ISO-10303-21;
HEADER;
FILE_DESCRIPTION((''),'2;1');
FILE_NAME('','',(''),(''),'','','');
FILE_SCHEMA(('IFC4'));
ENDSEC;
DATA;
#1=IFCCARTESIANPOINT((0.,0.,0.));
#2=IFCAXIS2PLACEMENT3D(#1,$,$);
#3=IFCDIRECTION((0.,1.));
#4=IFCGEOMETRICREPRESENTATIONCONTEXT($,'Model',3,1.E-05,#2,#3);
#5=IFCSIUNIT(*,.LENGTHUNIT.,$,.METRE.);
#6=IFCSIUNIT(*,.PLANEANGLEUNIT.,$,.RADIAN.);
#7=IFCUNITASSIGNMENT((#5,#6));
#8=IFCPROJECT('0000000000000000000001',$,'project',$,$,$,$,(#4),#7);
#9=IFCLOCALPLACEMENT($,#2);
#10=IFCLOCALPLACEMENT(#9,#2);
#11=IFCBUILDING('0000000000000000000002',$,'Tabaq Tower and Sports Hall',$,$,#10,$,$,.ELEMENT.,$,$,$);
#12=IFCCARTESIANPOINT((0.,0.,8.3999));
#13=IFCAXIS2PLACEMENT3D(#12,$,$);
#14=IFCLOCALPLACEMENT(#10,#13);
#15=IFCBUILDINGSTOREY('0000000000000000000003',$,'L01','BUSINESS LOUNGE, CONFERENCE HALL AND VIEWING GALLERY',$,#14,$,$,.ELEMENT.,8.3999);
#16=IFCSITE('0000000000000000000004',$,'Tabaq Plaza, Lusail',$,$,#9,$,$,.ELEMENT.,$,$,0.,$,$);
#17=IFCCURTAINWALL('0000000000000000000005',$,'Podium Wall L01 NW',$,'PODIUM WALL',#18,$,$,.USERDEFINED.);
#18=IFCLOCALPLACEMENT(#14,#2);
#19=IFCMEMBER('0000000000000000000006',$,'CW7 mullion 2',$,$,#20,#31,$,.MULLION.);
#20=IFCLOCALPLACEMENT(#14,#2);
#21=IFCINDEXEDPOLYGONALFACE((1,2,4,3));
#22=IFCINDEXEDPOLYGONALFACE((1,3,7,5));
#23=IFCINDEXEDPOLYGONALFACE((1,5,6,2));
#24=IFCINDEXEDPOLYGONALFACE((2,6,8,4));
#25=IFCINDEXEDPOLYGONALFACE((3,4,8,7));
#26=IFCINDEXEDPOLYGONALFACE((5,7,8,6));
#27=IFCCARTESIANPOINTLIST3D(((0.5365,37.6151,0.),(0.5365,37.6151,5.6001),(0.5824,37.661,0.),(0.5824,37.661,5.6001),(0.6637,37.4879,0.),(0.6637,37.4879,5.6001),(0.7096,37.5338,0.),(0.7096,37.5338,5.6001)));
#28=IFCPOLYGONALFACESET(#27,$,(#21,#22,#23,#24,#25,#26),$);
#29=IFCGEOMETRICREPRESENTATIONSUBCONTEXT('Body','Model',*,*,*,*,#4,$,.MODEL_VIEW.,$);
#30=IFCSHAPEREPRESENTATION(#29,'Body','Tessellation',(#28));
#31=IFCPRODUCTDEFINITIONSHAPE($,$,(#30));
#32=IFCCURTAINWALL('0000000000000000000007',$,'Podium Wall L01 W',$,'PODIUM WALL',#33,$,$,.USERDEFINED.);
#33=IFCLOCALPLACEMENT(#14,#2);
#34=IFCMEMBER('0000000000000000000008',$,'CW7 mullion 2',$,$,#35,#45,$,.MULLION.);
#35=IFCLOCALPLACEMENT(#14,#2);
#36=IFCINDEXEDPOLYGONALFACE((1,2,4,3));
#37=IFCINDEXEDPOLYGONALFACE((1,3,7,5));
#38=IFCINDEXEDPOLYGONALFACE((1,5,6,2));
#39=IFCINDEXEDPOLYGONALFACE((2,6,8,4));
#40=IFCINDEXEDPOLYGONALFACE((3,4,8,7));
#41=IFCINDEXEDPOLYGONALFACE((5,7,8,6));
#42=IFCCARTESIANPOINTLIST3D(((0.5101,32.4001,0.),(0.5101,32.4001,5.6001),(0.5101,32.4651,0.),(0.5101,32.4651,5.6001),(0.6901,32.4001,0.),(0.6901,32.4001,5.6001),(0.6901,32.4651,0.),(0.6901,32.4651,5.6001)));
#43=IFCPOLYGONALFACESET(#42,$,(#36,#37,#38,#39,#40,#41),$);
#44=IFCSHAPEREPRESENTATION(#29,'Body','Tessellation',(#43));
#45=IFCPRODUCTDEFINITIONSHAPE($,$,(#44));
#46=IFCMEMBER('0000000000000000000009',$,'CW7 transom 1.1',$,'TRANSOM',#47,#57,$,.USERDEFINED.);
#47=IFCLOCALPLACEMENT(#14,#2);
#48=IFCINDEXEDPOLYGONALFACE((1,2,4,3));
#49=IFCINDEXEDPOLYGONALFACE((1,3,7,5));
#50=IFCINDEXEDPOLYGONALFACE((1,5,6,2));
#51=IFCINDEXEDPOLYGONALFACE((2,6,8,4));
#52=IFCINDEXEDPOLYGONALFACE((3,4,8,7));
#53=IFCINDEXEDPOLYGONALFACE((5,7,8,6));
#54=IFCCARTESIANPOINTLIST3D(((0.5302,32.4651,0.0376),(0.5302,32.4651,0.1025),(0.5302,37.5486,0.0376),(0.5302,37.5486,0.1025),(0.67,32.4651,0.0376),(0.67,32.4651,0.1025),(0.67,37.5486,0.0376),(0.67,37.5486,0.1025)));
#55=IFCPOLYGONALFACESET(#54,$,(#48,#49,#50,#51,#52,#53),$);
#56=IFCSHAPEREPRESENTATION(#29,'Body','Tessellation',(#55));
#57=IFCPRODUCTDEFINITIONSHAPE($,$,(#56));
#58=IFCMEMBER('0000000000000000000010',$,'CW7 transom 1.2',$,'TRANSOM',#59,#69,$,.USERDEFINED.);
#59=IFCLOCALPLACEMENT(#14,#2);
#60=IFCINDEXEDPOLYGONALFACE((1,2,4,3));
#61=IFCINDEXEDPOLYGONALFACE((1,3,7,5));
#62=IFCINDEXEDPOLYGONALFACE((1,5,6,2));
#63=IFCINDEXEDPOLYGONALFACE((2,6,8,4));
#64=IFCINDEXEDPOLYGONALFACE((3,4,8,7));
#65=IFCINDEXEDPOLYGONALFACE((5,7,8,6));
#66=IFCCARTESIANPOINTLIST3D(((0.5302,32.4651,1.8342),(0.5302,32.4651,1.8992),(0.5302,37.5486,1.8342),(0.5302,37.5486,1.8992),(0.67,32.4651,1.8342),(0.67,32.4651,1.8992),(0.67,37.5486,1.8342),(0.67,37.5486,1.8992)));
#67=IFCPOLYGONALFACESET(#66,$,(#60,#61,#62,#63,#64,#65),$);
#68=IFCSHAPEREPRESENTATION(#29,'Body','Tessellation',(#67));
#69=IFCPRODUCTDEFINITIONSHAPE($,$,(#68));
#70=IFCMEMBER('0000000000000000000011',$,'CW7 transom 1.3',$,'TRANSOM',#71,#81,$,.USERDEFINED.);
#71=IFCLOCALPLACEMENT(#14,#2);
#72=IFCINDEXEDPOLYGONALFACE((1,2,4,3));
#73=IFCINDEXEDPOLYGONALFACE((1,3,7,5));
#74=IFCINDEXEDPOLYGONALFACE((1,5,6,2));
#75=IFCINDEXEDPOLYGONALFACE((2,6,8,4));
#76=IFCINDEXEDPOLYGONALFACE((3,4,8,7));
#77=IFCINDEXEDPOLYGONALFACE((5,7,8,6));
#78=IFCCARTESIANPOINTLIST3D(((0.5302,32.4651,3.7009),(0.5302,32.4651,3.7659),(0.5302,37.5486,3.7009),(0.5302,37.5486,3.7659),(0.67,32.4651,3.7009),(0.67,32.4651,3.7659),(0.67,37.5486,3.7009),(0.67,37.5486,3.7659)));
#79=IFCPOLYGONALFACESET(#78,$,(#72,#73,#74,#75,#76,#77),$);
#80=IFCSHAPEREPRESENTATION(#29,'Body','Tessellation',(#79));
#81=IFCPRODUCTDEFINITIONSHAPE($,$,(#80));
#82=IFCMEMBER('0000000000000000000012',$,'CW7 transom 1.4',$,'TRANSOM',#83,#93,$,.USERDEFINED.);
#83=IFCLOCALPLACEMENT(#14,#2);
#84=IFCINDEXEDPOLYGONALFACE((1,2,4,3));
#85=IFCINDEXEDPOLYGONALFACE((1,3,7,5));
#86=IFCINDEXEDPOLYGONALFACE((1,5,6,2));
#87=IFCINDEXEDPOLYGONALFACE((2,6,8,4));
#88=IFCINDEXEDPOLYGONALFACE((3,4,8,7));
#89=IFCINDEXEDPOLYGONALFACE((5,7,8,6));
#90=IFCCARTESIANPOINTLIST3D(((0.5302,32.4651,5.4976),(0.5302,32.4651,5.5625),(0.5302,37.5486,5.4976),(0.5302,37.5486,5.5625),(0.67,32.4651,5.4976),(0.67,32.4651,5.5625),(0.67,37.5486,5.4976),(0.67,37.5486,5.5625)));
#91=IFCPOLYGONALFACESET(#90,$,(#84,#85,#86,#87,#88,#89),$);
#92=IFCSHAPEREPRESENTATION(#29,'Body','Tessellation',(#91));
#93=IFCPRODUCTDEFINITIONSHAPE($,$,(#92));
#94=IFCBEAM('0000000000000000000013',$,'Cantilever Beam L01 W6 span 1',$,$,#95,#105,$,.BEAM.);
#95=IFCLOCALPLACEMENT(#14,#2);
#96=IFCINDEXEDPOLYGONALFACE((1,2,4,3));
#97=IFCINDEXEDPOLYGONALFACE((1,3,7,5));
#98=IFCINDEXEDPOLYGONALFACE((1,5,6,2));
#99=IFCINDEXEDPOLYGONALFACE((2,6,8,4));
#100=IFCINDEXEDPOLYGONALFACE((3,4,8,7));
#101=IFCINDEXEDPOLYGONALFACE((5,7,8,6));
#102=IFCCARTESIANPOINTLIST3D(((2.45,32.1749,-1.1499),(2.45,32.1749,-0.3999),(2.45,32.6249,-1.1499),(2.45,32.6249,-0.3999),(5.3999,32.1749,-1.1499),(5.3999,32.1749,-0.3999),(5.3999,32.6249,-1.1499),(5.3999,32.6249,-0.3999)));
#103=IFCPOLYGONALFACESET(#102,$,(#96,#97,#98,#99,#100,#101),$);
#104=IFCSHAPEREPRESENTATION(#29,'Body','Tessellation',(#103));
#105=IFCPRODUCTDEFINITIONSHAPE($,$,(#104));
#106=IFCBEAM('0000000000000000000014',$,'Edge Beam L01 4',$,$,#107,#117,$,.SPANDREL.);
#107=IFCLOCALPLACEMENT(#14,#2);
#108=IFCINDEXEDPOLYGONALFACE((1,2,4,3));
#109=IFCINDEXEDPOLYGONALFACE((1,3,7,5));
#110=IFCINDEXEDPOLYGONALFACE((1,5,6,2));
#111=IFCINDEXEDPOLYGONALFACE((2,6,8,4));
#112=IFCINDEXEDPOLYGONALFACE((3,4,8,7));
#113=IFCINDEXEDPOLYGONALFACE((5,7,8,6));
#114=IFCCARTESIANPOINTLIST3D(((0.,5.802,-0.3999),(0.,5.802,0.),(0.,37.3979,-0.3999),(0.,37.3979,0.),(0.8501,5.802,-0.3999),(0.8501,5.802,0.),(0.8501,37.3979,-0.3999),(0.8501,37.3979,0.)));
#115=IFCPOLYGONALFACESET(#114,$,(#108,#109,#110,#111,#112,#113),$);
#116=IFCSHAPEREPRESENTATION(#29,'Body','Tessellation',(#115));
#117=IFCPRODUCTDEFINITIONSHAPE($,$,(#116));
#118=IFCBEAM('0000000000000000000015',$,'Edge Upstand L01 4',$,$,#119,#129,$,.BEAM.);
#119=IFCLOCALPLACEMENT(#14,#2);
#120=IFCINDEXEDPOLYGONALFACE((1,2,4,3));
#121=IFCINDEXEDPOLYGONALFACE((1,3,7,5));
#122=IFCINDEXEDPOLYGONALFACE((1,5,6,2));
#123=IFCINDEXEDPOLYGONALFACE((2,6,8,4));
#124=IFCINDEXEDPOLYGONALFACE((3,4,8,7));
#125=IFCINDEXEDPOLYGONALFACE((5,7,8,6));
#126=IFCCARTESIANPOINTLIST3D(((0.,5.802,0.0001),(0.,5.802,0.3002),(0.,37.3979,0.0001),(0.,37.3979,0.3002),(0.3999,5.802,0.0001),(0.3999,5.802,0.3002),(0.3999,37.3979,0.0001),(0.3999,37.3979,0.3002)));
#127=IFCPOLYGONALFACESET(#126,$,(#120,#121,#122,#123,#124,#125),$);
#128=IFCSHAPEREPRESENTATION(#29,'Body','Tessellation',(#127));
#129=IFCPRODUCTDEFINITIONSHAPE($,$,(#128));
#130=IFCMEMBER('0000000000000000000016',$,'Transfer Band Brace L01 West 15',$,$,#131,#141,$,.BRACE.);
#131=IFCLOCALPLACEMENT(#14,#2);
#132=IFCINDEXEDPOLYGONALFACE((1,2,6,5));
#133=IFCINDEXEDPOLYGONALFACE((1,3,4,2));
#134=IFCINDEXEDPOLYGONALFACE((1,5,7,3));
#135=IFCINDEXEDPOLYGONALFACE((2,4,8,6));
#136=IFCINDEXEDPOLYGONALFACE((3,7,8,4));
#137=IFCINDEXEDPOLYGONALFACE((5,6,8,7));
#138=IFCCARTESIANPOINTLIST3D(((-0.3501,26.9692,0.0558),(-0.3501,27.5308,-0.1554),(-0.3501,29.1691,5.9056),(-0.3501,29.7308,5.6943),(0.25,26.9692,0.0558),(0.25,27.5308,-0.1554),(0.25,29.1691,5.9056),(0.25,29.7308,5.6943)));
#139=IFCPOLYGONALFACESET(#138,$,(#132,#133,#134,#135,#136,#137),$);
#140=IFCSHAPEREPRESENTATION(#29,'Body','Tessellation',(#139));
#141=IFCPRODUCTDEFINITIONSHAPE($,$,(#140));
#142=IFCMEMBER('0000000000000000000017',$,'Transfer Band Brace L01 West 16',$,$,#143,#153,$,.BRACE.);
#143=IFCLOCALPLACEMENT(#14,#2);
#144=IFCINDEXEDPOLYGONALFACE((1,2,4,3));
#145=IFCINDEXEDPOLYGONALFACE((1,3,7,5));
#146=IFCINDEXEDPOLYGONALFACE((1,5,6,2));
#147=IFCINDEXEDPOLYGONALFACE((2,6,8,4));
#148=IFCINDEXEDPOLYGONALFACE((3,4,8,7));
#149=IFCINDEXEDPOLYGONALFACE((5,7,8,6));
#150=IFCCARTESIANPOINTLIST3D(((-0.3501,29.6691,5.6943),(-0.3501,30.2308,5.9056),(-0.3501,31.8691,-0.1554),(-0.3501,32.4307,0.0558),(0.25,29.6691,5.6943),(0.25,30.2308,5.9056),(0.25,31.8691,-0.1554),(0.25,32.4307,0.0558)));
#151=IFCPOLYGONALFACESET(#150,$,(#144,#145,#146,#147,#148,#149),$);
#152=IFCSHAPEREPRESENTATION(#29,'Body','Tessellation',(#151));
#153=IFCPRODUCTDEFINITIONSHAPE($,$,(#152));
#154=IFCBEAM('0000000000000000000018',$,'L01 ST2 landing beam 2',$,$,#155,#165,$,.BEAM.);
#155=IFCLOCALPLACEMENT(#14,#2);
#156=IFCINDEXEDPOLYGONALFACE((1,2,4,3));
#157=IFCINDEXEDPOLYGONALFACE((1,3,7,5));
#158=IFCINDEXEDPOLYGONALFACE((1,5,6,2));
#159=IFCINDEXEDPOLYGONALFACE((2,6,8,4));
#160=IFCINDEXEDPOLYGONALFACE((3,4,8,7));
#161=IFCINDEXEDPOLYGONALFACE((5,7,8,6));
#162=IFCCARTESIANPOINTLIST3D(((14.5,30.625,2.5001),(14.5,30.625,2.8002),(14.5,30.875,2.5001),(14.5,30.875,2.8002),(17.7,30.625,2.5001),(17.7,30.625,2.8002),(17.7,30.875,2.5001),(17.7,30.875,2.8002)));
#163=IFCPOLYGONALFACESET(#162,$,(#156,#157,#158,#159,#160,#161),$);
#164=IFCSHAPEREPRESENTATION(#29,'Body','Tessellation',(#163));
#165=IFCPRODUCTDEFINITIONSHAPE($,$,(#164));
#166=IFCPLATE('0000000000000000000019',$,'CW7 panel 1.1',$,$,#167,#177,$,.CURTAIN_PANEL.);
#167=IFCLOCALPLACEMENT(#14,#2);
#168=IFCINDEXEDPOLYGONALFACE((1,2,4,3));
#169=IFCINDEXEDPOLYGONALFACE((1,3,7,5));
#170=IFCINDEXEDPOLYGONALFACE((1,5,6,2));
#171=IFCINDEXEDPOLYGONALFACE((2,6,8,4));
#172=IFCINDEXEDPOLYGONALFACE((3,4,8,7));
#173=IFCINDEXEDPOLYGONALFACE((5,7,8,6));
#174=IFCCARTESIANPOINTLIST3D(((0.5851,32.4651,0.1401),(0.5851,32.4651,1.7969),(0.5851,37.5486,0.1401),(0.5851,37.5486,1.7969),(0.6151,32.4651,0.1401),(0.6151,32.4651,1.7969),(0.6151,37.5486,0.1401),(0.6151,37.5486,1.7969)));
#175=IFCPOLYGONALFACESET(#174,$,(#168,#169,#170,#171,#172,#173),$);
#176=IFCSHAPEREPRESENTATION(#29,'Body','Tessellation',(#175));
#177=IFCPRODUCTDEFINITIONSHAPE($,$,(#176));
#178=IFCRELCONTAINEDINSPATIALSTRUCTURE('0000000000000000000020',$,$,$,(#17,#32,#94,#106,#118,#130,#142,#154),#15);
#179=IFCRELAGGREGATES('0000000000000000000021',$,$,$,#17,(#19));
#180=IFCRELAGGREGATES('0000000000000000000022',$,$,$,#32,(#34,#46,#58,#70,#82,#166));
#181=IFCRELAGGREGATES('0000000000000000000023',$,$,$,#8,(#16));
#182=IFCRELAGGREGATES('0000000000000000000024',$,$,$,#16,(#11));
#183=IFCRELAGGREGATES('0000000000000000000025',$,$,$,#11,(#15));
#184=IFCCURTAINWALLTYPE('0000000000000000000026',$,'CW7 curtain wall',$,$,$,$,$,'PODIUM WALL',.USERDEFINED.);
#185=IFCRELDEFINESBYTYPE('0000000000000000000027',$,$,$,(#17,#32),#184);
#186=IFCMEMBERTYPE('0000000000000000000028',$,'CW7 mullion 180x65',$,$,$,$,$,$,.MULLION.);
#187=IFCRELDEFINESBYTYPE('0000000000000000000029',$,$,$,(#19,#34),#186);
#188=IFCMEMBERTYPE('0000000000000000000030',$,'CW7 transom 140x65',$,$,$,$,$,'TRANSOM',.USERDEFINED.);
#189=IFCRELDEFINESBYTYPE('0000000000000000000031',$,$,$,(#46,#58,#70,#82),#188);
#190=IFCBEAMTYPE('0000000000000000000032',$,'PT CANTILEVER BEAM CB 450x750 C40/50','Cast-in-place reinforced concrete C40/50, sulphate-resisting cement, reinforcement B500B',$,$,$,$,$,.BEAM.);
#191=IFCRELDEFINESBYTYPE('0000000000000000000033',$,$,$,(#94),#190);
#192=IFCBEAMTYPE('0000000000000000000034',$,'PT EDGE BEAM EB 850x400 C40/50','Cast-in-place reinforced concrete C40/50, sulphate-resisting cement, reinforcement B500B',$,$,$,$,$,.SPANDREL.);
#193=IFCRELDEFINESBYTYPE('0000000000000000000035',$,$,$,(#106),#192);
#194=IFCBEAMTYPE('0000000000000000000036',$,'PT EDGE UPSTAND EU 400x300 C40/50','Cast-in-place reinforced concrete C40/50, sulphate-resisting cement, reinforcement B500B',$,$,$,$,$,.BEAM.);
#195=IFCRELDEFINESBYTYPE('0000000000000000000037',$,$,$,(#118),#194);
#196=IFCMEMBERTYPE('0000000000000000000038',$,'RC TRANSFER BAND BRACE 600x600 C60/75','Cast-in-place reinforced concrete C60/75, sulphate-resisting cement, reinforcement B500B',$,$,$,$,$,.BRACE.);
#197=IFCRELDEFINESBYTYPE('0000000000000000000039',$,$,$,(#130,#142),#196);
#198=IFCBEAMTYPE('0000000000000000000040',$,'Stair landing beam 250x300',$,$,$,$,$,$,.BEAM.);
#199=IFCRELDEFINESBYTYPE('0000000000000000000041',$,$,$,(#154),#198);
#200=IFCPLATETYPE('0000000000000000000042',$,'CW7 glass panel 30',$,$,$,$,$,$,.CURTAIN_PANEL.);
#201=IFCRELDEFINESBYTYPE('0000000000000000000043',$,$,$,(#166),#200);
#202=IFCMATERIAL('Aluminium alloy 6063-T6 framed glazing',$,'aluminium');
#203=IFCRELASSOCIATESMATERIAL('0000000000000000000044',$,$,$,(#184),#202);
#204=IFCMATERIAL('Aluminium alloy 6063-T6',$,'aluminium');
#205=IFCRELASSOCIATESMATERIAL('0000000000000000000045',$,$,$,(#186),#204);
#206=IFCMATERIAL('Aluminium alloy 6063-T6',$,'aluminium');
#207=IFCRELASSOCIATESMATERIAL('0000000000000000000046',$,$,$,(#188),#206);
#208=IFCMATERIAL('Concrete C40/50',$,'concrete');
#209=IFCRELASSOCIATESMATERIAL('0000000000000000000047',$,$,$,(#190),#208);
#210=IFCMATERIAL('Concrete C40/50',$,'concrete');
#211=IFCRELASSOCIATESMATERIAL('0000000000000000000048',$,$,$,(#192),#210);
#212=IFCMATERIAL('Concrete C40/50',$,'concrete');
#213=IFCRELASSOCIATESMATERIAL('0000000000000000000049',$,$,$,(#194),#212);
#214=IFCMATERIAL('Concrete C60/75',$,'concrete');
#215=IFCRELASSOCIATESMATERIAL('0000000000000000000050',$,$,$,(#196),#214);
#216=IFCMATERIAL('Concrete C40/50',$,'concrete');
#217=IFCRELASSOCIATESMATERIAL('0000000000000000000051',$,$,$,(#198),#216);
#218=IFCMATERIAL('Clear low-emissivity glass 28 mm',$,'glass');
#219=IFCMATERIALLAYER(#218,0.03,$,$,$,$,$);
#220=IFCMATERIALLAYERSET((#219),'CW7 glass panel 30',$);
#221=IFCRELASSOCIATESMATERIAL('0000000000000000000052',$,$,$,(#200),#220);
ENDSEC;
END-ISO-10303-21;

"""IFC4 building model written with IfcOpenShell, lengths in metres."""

from ifc_helpers import new_model, si_unit, direction, frame, origin, origin_2d, place, context, subcontext, project, spatial, rectangle, extrude, material, layer, layer_set, material_profile, profile_set, type_object, element, aggregate, save


model = new_model("IFC4")

# Units and contexts
model_context = context("Model", 3, precision=1e-05, world=origin(), true_north=direction((0.0, 1.0)))
body_context = subcontext(model_context, "Body", "Model", "MODEL_VIEW")
ifc_project = project(units=[si_unit("LENGTHUNIT", "METRE"), si_unit("PLANEANGLEUNIT", "RADIAN")], contexts=[model_context])

# Site, building, storey
site_placement = place(None, origin())
site = spatial("IfcSite", under=ifc_project, at=site_placement, Name="Tabaq Plaza, Lusail", CompositionType="ELEMENT", RefElevation=0.0)
building_placement = place(site_placement, origin())
building = spatial("IfcBuilding", under=site, at=building_placement, Name="Tabaq Tower and Sports Hall", CompositionType="ELEMENT")
storey_placement = place(building_placement, frame((0.0, 0.0, 8.3999)))
storey = spatial("IfcBuildingStorey", under=building, at=storey_placement, Name="L01", Description="BUSINESS LOUNGE, CONFERENCE HALL AND VIEWING GALLERY", CompositionType="ELEMENT", Elevation=8.3999)

# Curtain wall, member
ifc_material_1 = material(Name="Aluminium alloy 6063-T6 framed glazing", Category="aluminium")
curtain_wall_type = type_object("IfcCurtainWallType", Name="CW7 curtain wall", ElementType="PODIUM WALL", PredefinedType="USERDEFINED", material=ifc_material_1)
curtain_wall_1_placement = place(storey_placement, origin())
curtain_wall_1 = element("IfcCurtainWall", 1, at=curtain_wall_1_placement, inside=storey, type_object=curtain_wall_type, Name="Podium Wall L01 NW", ObjectType="PODIUM WALL", PredefinedType="USERDEFINED")
ifc_material_2 = material(Name="Aluminium alloy 6063-T6", Category="aluminium")
ifc_material_profile_1 = material_profile(ifc_material_2, rectangle(XDim=0.1799, YDim=0.0649, at=origin_2d()), Name="MULLION 180x65")
ifc_profile_set_1 = profile_set([ifc_material_profile_1], Name="Aluminium alloy 6063-T6")
member_type_1 = type_object("IfcMemberType", Name="CW7 mullion 180x65", PredefinedType="MULLION", material=ifc_profile_set_1)
member_1_placement = place(storey_placement, frame((0.623, 37.5745, 0.0), z_axis=(0.0, 0.0, 1.0), x_axis=(0.707107, -0.707107, 0.0)))
member_1 = element("IfcMember", 2, at=member_1_placement, type_object=member_type_1, Name="CW7 mullion 2", PredefinedType="MULLION", context=body_context, shape_type="SweptSolid", body=[
    extrude(rectangle(XDim=0.1799, YDim=0.0649, at=origin_2d()), origin(), (0.0, 0.0, 1.0), 5.6001),
])
aggregate(curtain_wall_1, [member_1])

# Curtain wall, members
curtain_wall_2_placement = place(storey_placement, origin())
curtain_wall_2 = element("IfcCurtainWall", 3, at=curtain_wall_2_placement, inside=storey, type_object=curtain_wall_type, Name="Podium Wall L01 W", ObjectType="PODIUM WALL", PredefinedType="USERDEFINED")
member_2_placement = place(storey_placement, frame((0.6001, 32.4326, 0.0), z_axis=(0.0, 0.0, 1.0), x_axis=(1.0, 0.0, 0.0)))
member_2 = element("IfcMember", 4, at=member_2_placement, type_object=member_type_1, Name="CW7 mullion 2", PredefinedType="MULLION", context=body_context, shape_type="SweptSolid", body=[
    extrude(rectangle(XDim=0.1799, YDim=0.0649, at=origin_2d()), origin(), (0.0, 0.0, 1.0), 5.6001),
])
ifc_material_3 = material(Name="Aluminium alloy 6063-T6", Category="aluminium")
ifc_material_profile_2 = material_profile(ifc_material_3, rectangle(XDim=0.1399, YDim=0.0649, at=origin_2d()), Name="TRANSOM 140x65")
ifc_profile_set_2 = profile_set([ifc_material_profile_2], Name="Aluminium alloy 6063-T6")
member_type_2 = type_object("IfcMemberType", Name="CW7 transom 140x65", ElementType="TRANSOM", PredefinedType="USERDEFINED", material=ifc_profile_set_2)
member_3_placement = place(storey_placement, frame((0.6001, 37.5486, 0.0701), z_axis=(0.0, -1.0, 0.0), x_axis=(1.0, 0.0, 0.0)))
member_3 = element("IfcMember", 5, at=member_3_placement, type_object=member_type_2, Name="CW7 transom 1.1", ObjectType="TRANSOM", PredefinedType="USERDEFINED", context=body_context, shape_type="SweptSolid", body=[
    extrude(rectangle(XDim=0.1399, YDim=0.0649, at=origin_2d()), origin(), (0.0, 0.0, 1.0), 5.0835),
])
member_4_placement = place(storey_placement, frame((0.6001, 37.5486, 1.8667), z_axis=(0.0, -1.0, 0.0), x_axis=(1.0, 0.0, 0.0)))
member_4 = element("IfcMember", 6, at=member_4_placement, type_object=member_type_2, Name="CW7 transom 1.2", ObjectType="TRANSOM", PredefinedType="USERDEFINED", context=body_context, shape_type="SweptSolid", body=[
    extrude(rectangle(XDim=0.1399, YDim=0.0649, at=origin_2d()), origin(), (0.0, 0.0, 1.0), 5.0835),
])
member_5_placement = place(storey_placement, frame((0.6001, 37.5486, 3.7334), z_axis=(0.0, -1.0, 0.0), x_axis=(1.0, 0.0, 0.0)))
member_5 = element("IfcMember", 7, at=member_5_placement, type_object=member_type_2, Name="CW7 transom 1.3", ObjectType="TRANSOM", PredefinedType="USERDEFINED", context=body_context, shape_type="SweptSolid", body=[
    extrude(rectangle(XDim=0.1399, YDim=0.0649, at=origin_2d()), origin(), (0.0, 0.0, 1.0), 5.0835),
])
member_6_placement = place(storey_placement, frame((0.6001, 37.5486, 5.53), z_axis=(0.0, -1.0, 0.0), x_axis=(1.0, 0.0, 0.0)))
member_6 = element("IfcMember", 8, at=member_6_placement, type_object=member_type_2, Name="CW7 transom 1.4", ObjectType="TRANSOM", PredefinedType="USERDEFINED", context=body_context, shape_type="SweptSolid", body=[
    extrude(rectangle(XDim=0.1399, YDim=0.0649, at=origin_2d()), origin(), (0.0, 0.0, 1.0), 5.0835),
])

# Beams
ifc_material_4 = material(Name="Concrete C40/50", Category="concrete")
ifc_material_profile_3 = material_profile(ifc_material_4, rectangle(XDim=0.45, YDim=0.75, at=origin_2d()), Name="CB 450x750")
ifc_profile_set_3 = profile_set([ifc_material_profile_3], Name="Concrete C40/50")
beam_type_1 = type_object("IfcBeamType", Name="PT CANTILEVER BEAM CB 450x750 C40/50", Description="Cast-in-place reinforced concrete C40/50, sulphate-resisting cement, reinforcement B500B", PredefinedType="BEAM", material=ifc_profile_set_3)
beam_1_placement = place(storey_placement, frame((2.45, 32.3999, -0.7749), z_axis=(1.0, 0.0, 0.0), x_axis=(0.0, 1.0, 0.0)))
element("IfcBeam", 9, at=beam_1_placement, inside=storey, type_object=beam_type_1, Name="Cantilever Beam L01 W6 span 1", PredefinedType="BEAM", context=body_context, shape_type="SweptSolid", body=[
    extrude(rectangle(XDim=0.45, YDim=0.75, at=origin_2d()), origin(), (0.0, 0.0, 1.0), 2.95),
])
ifc_material_5 = material(Name="Concrete C40/50", Category="concrete")
ifc_material_profile_4 = material_profile(ifc_material_5, rectangle(XDim=0.8501, YDim=0.3999, at=origin_2d()), Name="EB 850x400")
ifc_profile_set_4 = profile_set([ifc_material_profile_4], Name="Concrete C40/50")
beam_type_2 = type_object("IfcBeamType", Name="PT EDGE BEAM EB 850x400 C40/50", Description="Cast-in-place reinforced concrete C40/50, sulphate-resisting cement, reinforcement B500B", PredefinedType="SPANDREL", material=ifc_profile_set_4)
beam_2_placement = place(storey_placement, frame((0.425, 37.3979, -0.2), z_axis=(0.0, -1.0, 0.0), x_axis=(1.0, 0.0, 0.0)))
element("IfcBeam", 10, at=beam_2_placement, inside=storey, type_object=beam_type_2, Name="Edge Beam L01 4", PredefinedType="SPANDREL", context=body_context, shape_type="SweptSolid", body=[
    extrude(rectangle(XDim=0.8501, YDim=0.3999, at=origin_2d()), origin(), (0.0, 0.0, 1.0), 31.5959),
])
ifc_material_6 = material(Name="Concrete C40/50", Category="concrete")
ifc_material_profile_5 = material_profile(ifc_material_6, rectangle(XDim=0.3999, YDim=0.3, at=origin_2d()), Name="EU 400x300")
ifc_profile_set_5 = profile_set([ifc_material_profile_5], Name="Concrete C40/50")
beam_type_3 = type_object("IfcBeamType", Name="PT EDGE UPSTAND EU 400x300 C40/50", Description="Cast-in-place reinforced concrete C40/50, sulphate-resisting cement, reinforcement B500B", PredefinedType="BEAM", material=ifc_profile_set_5)
beam_3_placement = place(storey_placement, frame((0.2, 37.3979, 0.1501), z_axis=(0.0, -1.0, 0.0), x_axis=(1.0, 0.0, 0.0)))
element("IfcBeam", 11, at=beam_3_placement, inside=storey, type_object=beam_type_3, Name="Edge Upstand L01 4", PredefinedType="BEAM", context=body_context, shape_type="SweptSolid", body=[
    extrude(rectangle(XDim=0.3999, YDim=0.3, at=origin_2d()), origin(), (0.0, 0.0, 1.0), 31.5959),
])

# Members
ifc_material_7 = material(Name="Concrete C60/75", Category="concrete")
ifc_material_profile_6 = material_profile(ifc_material_7, rectangle(XDim=0.6001, YDim=0.6001, at=origin_2d()), Name="TRANSFER BAND BRACE 600x600")
ifc_profile_set_6 = profile_set([ifc_material_profile_6], Name="Concrete C60/75")
member_type_3 = type_object("IfcMemberType", Name="RC TRANSFER BAND BRACE 600x600 C60/75", Description="Cast-in-place reinforced concrete C60/75, sulphate-resisting cement, reinforcement B500B", PredefinedType="BRACE", material=ifc_profile_set_6)
for number, where, z_axis, x_axis, name in (
    (12, (-0.05, 27.25, -0.0498), (0.0, 0.352001, 0.936), (-1.0, 0.0, 0.0), "Transfer Band Brace L01 West 15"),
    (13, (-0.05, 32.1499, -0.0498), (0.0, -0.352001, 0.936), (1.0, 0.0, 0.0), "Transfer Band Brace L01 West 16"),
):
    element("IfcMember", number, at=place(storey_placement, frame(where, z_axis=z_axis, x_axis=x_axis)), inside=storey, type_object=member_type_3, Name=name, PredefinedType="BRACE", context=body_context, shape_type="SweptSolid", body=[
        extrude(rectangle(XDim=0.6001, YDim=0.6001, at=origin_2d()), origin(), (0.0, 0.0, 1.0), 6.2498),
    ])

# Beam
ifc_material_8 = material(Name="Concrete C40/50", Category="concrete")
ifc_material_profile_7 = material_profile(ifc_material_8, rectangle(XDim=0.25, YDim=0.3, at=origin_2d()), Name="RC 250x300")
ifc_profile_set_7 = profile_set([ifc_material_profile_7], Name="Concrete C40/50")
beam_type_4 = type_object("IfcBeamType", Name="Stair landing beam 250x300", PredefinedType="BEAM", material=ifc_profile_set_7)
beam_4_placement = place(storey_placement, frame((14.5, 30.75, 2.6501), z_axis=(1.0, 0.0, 0.0), x_axis=(0.0, 1.0, 0.0)))
element("IfcBeam", 14, at=beam_4_placement, inside=storey, type_object=beam_type_4, Name="L01 ST2 landing beam 2", PredefinedType="BEAM", context=body_context, shape_type="SweptSolid", body=[
    extrude(rectangle(XDim=0.25, YDim=0.3, at=origin_2d()), origin(), (0.0, 0.0, 1.0), 3.2),
])

# Plate
ifc_material_9 = material(Name="Clear low-emissivity glass 28 mm", Category="glass")
ifc_layer_1 = layer(ifc_material_9, 0.03)
ifc_layer_set_1 = layer_set([ifc_layer_1], Name="CW7 glass panel 30")
plate_type = type_object("IfcPlateType", Name="CW7 glass panel 30", PredefinedType="CURTAIN_PANEL", material=ifc_layer_set_1)
plate_1_placement = place(storey_placement, frame((0.6001, 35.0068, 0.1401), z_axis=(0.0, 0.0, 1.0), x_axis=(0.0, -1.0, 0.0)))
plate_1 = element("IfcPlate", 15, at=plate_1_placement, type_object=plate_type, Name="CW7 panel 1.1", PredefinedType="CURTAIN_PANEL", context=body_context, shape_type="SweptSolid", body=[
    extrude(rectangle(XDim=5.0835, YDim=0.03, at=origin_2d()), origin(), (0.0, 0.0, 1.0), 1.6567),
])
aggregate(curtain_wall_2, [member_2, member_3, member_4, member_5, member_6, plate_1])

save(model, "model.ifc")
